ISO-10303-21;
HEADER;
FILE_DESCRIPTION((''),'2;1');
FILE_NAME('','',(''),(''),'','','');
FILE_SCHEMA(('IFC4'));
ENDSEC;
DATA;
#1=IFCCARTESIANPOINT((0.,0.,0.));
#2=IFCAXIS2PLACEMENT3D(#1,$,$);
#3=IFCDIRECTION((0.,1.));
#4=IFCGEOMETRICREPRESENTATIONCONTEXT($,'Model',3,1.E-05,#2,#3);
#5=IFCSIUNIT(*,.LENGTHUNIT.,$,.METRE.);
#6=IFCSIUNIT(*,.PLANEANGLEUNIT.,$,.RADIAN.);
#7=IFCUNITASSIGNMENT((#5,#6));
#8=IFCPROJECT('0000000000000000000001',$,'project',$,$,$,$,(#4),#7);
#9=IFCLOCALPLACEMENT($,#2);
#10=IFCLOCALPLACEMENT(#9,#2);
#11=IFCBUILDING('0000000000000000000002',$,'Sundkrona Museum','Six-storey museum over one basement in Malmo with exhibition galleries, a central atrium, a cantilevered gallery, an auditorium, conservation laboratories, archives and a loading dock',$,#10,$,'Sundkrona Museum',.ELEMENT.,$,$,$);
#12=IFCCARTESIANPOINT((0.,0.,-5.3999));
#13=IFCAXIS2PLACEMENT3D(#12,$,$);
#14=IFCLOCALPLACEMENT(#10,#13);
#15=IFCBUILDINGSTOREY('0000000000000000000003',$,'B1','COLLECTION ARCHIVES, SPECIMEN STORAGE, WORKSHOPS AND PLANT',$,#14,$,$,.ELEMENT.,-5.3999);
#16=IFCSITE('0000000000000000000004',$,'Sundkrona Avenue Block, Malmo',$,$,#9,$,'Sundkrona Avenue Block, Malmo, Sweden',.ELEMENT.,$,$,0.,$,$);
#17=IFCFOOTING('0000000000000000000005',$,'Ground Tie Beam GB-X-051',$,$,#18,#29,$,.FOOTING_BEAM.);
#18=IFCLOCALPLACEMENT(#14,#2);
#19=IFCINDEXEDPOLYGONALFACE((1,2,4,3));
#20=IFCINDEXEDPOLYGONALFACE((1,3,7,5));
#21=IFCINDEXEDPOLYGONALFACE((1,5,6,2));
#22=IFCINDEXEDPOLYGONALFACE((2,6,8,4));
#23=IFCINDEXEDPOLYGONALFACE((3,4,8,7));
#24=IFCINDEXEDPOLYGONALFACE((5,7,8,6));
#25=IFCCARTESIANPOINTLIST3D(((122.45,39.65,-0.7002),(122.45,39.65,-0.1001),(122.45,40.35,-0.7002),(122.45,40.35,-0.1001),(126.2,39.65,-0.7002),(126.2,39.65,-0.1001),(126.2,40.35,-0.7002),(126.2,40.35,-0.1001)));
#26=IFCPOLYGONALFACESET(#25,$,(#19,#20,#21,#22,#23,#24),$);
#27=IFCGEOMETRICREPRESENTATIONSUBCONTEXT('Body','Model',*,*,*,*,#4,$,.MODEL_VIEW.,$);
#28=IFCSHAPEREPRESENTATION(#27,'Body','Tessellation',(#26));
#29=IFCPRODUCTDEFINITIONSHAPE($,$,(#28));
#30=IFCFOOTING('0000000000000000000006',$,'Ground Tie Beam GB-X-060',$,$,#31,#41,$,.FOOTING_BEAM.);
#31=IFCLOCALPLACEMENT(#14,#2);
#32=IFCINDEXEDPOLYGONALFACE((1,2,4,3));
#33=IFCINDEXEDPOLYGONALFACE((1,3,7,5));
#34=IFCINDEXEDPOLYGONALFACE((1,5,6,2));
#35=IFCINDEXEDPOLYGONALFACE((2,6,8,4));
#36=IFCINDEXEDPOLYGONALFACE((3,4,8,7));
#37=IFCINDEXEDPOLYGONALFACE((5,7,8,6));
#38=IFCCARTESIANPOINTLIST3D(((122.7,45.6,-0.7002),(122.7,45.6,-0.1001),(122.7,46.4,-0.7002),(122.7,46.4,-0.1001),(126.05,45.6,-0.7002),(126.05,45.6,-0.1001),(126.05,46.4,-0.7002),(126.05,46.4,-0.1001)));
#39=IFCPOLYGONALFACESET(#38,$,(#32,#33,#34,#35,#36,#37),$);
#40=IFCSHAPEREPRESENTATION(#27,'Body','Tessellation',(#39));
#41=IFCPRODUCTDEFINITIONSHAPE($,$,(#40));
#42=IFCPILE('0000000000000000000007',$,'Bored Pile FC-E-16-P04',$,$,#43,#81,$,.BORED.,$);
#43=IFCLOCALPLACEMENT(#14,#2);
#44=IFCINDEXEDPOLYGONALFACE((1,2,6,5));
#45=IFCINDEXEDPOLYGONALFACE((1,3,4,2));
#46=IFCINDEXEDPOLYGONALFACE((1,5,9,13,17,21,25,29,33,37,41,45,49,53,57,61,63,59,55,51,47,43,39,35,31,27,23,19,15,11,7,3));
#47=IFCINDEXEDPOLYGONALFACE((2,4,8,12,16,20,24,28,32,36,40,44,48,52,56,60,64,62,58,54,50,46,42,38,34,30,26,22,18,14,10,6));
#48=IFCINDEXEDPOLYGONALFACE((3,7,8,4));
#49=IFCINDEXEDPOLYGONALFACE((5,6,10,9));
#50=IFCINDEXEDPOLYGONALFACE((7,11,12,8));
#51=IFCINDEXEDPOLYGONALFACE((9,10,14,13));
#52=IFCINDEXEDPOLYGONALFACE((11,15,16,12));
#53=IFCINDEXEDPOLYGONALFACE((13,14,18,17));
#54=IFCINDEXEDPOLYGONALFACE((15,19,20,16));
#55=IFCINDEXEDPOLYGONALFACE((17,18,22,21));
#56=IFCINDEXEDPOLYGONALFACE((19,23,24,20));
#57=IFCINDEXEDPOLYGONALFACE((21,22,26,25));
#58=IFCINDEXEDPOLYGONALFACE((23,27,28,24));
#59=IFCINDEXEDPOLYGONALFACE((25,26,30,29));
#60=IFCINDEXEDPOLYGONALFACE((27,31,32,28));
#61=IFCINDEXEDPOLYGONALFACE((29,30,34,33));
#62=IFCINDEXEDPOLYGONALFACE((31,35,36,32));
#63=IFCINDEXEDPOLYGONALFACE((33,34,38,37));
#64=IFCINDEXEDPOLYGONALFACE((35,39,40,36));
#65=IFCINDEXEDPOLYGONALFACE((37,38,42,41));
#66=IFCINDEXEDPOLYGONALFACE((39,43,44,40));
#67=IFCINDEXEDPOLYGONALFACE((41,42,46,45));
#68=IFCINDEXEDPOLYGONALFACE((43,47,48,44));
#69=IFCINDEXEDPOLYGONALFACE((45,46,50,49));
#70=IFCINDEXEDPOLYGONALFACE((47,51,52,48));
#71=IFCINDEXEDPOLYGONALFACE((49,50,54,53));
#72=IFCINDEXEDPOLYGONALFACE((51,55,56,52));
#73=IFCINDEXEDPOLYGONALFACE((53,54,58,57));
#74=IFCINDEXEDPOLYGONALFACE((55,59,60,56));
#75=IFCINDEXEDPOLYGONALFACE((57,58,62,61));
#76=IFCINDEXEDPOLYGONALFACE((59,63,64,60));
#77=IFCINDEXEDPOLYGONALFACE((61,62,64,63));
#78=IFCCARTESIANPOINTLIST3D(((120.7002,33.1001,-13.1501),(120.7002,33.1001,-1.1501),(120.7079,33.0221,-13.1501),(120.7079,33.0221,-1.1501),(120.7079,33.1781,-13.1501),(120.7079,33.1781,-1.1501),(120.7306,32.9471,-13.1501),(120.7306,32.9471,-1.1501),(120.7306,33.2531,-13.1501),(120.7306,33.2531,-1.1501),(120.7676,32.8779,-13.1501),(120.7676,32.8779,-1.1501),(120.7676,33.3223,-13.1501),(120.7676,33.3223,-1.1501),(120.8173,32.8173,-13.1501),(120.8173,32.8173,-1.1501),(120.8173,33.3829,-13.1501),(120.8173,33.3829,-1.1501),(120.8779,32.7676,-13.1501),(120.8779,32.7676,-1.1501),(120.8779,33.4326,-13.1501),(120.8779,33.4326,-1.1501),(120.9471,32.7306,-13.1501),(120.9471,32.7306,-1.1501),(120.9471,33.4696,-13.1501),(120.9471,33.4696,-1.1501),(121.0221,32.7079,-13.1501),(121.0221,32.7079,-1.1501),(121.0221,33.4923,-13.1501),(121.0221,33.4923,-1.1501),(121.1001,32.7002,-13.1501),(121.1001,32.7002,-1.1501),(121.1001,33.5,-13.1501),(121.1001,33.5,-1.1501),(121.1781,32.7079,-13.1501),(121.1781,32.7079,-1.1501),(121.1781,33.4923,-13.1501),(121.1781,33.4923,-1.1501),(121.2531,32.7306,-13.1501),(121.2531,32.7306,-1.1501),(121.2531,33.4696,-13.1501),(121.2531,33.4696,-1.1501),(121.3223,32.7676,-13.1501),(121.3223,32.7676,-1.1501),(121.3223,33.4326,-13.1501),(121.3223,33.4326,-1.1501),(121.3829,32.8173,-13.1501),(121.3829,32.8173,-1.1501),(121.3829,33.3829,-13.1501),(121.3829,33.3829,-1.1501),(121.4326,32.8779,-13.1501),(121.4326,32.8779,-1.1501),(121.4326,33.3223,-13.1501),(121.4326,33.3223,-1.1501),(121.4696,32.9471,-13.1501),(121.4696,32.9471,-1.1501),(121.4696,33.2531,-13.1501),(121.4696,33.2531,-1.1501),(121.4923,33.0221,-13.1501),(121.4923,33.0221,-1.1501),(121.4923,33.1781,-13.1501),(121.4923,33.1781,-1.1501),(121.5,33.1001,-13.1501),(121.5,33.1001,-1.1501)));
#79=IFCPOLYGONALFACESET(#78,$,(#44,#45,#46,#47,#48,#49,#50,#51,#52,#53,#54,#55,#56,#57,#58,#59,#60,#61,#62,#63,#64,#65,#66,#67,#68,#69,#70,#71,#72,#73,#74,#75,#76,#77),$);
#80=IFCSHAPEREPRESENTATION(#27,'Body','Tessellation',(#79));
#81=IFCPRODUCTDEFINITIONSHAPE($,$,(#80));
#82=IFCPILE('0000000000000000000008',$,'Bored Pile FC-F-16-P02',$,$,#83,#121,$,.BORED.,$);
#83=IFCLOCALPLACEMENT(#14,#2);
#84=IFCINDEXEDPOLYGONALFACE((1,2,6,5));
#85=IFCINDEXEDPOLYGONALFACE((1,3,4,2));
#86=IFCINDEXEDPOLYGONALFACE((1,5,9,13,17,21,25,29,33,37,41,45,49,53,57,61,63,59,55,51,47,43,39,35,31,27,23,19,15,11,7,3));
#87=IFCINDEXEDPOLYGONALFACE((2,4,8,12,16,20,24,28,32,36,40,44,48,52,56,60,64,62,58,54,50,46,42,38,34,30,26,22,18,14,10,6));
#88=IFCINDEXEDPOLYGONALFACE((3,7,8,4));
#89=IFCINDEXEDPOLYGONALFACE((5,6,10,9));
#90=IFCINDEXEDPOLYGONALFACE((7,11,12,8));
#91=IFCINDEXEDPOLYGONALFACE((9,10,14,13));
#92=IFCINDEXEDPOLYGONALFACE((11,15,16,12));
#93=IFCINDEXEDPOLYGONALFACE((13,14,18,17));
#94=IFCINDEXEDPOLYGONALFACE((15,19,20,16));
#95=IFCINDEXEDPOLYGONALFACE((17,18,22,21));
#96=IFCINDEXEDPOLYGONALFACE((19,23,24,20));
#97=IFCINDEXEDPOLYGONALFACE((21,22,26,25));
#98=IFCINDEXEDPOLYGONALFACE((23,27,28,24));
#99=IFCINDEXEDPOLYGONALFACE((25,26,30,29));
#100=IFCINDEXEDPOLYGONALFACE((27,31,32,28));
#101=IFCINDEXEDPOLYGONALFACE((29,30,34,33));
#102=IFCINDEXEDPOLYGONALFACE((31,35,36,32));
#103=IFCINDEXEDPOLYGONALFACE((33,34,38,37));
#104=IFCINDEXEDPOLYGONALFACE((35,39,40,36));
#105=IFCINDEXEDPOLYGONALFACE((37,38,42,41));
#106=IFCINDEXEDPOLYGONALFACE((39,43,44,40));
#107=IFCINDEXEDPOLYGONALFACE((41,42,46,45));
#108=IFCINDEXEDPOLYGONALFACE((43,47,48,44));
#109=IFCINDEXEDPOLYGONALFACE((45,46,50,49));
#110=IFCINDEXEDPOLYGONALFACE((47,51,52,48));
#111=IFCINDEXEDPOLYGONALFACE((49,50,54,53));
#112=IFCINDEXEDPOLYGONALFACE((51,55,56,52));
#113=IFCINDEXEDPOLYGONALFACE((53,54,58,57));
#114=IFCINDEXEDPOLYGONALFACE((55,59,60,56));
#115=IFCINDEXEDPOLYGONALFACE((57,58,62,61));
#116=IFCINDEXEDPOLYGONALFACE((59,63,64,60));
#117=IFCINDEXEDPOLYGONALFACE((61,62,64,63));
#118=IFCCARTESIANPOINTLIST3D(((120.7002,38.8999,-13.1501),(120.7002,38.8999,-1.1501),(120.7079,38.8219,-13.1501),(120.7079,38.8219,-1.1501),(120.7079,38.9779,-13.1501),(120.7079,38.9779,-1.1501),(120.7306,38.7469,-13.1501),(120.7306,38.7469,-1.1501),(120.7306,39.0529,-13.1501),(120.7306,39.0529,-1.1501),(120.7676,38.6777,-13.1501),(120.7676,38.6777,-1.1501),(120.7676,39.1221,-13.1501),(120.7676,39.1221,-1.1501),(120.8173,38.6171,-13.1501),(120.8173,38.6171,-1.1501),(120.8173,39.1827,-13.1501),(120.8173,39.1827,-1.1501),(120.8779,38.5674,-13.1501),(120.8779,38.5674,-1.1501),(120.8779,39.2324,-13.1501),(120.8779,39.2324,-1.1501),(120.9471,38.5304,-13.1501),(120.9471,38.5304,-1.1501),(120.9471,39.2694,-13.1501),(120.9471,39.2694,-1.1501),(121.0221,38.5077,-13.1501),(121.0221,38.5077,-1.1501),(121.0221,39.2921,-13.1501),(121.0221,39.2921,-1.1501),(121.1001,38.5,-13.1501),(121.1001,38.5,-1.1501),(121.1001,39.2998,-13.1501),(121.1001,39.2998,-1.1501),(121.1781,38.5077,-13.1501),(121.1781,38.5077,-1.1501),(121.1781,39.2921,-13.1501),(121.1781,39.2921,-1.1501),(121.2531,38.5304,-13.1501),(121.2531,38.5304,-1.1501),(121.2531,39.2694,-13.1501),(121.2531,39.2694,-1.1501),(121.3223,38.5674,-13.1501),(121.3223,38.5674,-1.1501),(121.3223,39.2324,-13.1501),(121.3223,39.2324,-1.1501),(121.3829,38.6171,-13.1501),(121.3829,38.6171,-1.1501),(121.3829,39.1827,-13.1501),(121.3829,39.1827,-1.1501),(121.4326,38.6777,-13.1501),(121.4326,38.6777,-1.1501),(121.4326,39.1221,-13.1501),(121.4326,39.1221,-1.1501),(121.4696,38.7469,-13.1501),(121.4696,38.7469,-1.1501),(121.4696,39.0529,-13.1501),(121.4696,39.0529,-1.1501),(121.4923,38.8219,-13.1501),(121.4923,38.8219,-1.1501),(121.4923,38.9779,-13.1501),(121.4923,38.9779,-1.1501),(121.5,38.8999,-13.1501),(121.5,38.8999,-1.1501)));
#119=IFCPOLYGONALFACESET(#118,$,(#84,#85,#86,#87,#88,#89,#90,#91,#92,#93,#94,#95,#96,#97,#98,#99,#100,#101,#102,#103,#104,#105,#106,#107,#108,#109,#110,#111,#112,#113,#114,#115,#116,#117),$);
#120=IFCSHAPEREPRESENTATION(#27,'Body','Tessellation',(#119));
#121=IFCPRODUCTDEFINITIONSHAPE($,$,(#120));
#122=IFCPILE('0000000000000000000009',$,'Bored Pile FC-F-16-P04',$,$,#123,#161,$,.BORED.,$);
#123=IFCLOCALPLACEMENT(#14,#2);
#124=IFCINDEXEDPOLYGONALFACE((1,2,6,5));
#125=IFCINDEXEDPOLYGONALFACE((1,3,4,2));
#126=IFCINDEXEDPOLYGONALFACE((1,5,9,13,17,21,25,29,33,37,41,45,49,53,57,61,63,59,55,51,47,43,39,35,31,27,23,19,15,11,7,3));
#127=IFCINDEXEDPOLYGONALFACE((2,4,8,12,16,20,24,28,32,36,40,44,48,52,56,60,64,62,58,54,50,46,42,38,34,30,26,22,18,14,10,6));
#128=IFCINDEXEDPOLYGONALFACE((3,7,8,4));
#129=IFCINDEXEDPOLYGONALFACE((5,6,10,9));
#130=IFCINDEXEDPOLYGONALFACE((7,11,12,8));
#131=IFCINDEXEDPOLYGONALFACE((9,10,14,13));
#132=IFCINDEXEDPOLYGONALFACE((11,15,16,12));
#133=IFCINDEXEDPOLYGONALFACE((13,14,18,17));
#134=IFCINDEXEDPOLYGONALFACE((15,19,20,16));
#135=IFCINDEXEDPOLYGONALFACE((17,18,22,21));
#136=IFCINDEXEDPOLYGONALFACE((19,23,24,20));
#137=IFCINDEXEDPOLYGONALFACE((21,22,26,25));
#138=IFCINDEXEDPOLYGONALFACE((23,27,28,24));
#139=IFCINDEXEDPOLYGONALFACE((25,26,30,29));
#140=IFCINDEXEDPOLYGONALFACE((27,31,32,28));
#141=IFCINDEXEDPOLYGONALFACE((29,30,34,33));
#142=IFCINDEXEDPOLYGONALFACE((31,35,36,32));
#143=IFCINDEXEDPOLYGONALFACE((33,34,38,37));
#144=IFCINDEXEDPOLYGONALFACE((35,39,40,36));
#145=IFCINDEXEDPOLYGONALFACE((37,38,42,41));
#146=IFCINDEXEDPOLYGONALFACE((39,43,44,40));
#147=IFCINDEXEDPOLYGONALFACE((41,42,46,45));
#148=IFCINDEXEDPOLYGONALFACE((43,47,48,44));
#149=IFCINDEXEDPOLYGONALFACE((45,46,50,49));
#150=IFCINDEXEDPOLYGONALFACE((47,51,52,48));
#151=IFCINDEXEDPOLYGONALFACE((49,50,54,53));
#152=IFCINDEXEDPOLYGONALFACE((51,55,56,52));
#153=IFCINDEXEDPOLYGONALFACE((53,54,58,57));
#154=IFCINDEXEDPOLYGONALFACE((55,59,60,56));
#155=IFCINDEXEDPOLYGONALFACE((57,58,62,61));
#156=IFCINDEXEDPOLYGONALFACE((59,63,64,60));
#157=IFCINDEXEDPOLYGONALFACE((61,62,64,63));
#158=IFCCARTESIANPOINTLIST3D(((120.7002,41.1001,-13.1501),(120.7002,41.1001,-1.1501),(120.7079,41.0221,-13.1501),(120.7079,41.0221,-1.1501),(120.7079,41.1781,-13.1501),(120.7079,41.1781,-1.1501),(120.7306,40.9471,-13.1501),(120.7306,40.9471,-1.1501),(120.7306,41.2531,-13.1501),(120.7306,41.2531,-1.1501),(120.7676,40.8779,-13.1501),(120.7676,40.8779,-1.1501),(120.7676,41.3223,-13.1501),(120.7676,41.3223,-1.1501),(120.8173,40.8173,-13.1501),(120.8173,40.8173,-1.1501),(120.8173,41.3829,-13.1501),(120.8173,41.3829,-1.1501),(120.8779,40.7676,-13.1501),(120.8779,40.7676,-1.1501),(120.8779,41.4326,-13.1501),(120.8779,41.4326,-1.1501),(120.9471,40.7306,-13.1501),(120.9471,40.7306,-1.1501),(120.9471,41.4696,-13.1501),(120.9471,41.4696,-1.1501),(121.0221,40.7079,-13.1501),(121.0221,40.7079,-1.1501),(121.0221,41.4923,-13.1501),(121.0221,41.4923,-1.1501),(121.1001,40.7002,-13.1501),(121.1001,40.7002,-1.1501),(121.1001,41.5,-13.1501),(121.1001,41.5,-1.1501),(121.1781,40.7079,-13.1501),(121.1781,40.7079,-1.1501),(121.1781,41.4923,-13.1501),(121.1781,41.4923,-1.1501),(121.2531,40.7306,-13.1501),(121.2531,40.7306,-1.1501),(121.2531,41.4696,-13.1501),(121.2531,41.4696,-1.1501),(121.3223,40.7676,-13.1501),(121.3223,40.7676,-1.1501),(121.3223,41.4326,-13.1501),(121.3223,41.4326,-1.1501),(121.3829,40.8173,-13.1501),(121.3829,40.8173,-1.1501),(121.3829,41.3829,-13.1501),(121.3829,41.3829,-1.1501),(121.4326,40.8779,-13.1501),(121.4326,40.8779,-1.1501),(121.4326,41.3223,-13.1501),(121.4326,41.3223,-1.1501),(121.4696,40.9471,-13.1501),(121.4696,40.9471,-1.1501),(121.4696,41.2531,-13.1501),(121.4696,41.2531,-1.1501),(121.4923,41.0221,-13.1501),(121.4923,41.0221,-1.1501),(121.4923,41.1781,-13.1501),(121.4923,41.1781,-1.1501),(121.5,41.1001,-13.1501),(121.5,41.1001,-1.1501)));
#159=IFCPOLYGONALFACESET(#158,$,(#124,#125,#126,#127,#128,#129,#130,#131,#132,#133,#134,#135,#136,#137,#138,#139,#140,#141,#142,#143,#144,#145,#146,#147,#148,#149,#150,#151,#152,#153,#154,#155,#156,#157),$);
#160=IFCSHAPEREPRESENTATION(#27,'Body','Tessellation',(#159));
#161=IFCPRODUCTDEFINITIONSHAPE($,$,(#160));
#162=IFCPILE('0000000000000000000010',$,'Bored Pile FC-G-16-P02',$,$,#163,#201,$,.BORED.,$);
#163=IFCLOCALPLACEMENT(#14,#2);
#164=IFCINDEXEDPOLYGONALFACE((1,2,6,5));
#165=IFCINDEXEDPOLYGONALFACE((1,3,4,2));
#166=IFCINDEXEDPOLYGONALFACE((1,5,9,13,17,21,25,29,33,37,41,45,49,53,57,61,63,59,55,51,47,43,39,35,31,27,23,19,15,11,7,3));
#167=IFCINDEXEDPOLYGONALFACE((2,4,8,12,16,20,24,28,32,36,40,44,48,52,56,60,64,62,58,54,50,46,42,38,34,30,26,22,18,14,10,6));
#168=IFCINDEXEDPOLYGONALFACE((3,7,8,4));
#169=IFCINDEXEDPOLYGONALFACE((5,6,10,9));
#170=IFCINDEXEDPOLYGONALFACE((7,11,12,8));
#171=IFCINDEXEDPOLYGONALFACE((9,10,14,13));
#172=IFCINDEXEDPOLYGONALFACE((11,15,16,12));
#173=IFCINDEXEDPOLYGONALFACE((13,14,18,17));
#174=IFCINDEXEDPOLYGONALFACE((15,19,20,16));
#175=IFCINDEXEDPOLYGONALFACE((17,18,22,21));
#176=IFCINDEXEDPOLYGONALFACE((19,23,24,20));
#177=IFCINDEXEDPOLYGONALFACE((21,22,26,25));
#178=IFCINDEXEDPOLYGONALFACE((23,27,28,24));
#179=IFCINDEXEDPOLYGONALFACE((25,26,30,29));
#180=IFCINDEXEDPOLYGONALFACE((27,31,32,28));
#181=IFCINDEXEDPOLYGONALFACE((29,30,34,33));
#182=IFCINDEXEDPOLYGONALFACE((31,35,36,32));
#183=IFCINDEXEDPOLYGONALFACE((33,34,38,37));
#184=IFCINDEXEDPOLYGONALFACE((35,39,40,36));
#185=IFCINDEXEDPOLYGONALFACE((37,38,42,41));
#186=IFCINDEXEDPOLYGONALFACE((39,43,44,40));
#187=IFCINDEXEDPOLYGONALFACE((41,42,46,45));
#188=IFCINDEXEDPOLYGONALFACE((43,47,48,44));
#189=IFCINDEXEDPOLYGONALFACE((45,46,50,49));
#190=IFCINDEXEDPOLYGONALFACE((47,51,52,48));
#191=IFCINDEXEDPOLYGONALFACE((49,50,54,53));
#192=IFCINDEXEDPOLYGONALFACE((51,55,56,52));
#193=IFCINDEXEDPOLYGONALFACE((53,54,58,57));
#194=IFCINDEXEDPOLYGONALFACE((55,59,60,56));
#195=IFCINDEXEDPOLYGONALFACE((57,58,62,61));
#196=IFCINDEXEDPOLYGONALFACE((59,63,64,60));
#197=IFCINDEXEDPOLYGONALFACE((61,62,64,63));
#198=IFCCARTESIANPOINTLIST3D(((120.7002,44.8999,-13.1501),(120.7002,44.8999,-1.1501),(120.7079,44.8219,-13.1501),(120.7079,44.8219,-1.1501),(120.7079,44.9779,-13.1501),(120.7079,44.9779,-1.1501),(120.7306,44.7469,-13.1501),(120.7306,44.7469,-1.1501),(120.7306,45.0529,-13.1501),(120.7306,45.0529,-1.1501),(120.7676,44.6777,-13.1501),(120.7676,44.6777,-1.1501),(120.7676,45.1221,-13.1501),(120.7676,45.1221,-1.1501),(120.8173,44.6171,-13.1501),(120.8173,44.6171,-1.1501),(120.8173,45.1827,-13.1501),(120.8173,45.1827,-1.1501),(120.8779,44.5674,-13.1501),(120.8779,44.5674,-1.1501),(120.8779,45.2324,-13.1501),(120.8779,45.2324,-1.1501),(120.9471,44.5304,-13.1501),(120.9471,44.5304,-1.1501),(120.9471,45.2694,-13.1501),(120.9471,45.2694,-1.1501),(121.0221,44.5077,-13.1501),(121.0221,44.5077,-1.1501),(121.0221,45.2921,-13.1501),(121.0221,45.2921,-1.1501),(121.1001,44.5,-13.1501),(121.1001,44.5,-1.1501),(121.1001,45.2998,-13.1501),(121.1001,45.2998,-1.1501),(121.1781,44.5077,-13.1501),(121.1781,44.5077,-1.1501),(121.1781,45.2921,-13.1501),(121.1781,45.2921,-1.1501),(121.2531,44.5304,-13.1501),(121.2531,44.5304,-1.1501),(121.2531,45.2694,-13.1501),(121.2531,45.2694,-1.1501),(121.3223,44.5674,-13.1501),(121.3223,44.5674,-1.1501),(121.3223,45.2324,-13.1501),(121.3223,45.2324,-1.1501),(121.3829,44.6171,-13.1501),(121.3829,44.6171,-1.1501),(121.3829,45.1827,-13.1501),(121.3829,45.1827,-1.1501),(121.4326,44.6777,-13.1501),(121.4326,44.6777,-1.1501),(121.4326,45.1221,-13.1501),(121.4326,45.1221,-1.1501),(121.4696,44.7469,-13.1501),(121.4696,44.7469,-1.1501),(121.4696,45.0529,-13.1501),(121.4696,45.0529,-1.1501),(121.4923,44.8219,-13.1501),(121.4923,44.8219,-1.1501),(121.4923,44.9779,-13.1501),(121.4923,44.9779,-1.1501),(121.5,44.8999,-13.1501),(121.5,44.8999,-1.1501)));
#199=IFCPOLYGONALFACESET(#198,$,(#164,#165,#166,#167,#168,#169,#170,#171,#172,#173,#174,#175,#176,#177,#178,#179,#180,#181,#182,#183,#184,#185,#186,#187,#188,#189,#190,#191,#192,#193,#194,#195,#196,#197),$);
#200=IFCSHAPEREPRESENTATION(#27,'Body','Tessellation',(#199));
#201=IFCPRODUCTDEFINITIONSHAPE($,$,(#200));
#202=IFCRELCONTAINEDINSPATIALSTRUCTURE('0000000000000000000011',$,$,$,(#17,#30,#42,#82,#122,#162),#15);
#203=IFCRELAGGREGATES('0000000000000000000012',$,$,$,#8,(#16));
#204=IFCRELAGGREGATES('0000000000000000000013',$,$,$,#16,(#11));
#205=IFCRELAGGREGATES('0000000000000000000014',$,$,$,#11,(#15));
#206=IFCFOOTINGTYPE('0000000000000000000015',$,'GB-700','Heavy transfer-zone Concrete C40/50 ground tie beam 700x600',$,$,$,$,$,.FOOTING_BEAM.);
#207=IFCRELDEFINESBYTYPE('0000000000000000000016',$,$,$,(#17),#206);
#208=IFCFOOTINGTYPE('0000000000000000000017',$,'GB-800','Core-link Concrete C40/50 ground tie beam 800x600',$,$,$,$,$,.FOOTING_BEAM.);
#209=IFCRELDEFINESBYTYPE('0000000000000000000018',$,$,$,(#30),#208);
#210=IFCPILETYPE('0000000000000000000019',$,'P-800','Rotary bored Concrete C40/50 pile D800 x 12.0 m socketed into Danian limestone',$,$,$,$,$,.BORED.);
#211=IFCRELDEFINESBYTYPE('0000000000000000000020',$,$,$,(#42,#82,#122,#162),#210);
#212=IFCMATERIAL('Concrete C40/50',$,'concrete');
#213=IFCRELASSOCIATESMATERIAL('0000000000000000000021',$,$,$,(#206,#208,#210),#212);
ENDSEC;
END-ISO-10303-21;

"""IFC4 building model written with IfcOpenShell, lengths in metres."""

from ifc_helpers import new_model, si_unit, direction, frame, origin, origin_2d, place, context, subcontext, project, spatial, rectangle, circle, extrude, material, material_profile, profile_set, type_object, element, save


model = new_model("IFC4")

# Units and contexts
model_context = context("Model", 3, precision=1e-05, world=origin(), true_north=direction((0.0, 1.0)))
body_context = subcontext(model_context, "Body", "Model", "MODEL_VIEW")
ifc_project = project(units=[si_unit("LENGTHUNIT", "METRE"), si_unit("PLANEANGLEUNIT", "RADIAN")], contexts=[model_context])

# Site, building, storey
site_placement = place(None, origin())
site = spatial("IfcSite", under=ifc_project, at=site_placement, Name="Sundkrona Avenue Block, Malmo", LongName="Sundkrona Avenue Block, Malmo, Sweden", CompositionType="ELEMENT", RefElevation=0.0)
building_placement = place(site_placement, origin())
building = spatial("IfcBuilding", under=site, at=building_placement, Name="Sundkrona Museum", Description="Six-storey museum over one basement in Malmo with exhibition galleries, a central atrium, a cantilevered gallery, an auditorium, conservation laboratories, archives and a loading dock", LongName="Sundkrona Museum", CompositionType="ELEMENT")
storey_placement = place(building_placement, frame((0.0, 0.0, -5.3999)))
storey = spatial("IfcBuildingStorey", under=building, at=storey_placement, Name="B1", Description="COLLECTION ARCHIVES, SPECIMEN STORAGE, WORKSHOPS AND PLANT", CompositionType="ELEMENT", Elevation=-5.3999)

# Footings
ifc_material_1 = material(Name="Concrete C40/50", Category="concrete")
footing_type_1 = type_object("IfcFootingType", Name="GB-700", Description="Heavy transfer-zone Concrete C40/50 ground tie beam 700x600", PredefinedType="FOOTING_BEAM", material=ifc_material_1)
footing_1_placement = place(storey_placement, frame((124.325, 40.0, -0.7002), z_axis=(0.0, 0.0, 1.0), x_axis=(1.0, 0.0, 0.0)))
element("IfcFooting", 1, at=footing_1_placement, inside=storey, type_object=footing_type_1, Name="Ground Tie Beam GB-X-051", PredefinedType="FOOTING_BEAM", context=body_context, shape_type="SweptSolid", body=[
    extrude(rectangle(XDim=3.75, YDim=0.7, at=origin_2d()), origin(), (0.0, 0.0, 1.0), 0.6001),
])
footing_type_2 = type_object("IfcFootingType", Name="GB-800", Description="Core-link Concrete C40/50 ground tie beam 800x600", PredefinedType="FOOTING_BEAM", material=ifc_material_1)
footing_2_placement = place(storey_placement, frame((124.375, 46.0, -0.7002), z_axis=(0.0, 0.0, 1.0), x_axis=(1.0, 0.0, 0.0)))
element("IfcFooting", 2, at=footing_2_placement, inside=storey, type_object=footing_type_2, Name="Ground Tie Beam GB-X-060", PredefinedType="FOOTING_BEAM", context=body_context, shape_type="SweptSolid", body=[
    extrude(rectangle(XDim=3.3501, YDim=0.8, at=origin_2d()), origin(), (0.0, 0.0, 1.0), 0.6001),
])

# Piles
ifc_material_profile_1 = material_profile(ifc_material_1, circle(Radius=0.3999, at=origin_2d()), Name="PILE D800")
ifc_profile_set_1 = profile_set([ifc_material_profile_1], Name="Concrete C40/50")
pile_type = type_object("IfcPileType", Name="P-800", Description="Rotary bored Concrete C40/50 pile D800 x 12.0 m socketed into Danian limestone", PredefinedType="BORED", material=ifc_profile_set_1)
for number, where, z_axis, x_axis, name in (
    (3, (121.1001, 33.1001, -1.1501), (0.0, 0.0, -1.0), (1.0, 0.0, 0.0), "Bored Pile FC-E-16-P04"),
    (4, (121.1001, 38.8999, -1.1501), (0.0, 0.0, -1.0), (1.0, 0.0, 0.0), "Bored Pile FC-F-16-P02"),
    (5, (121.1001, 41.1001, -1.1501), (0.0, 0.0, -1.0), (1.0, 0.0, 0.0), "Bored Pile FC-F-16-P04"),
    (6, (121.1001, 44.8999, -1.1501), (0.0, 0.0, -1.0), (1.0, 0.0, 0.0), "Bored Pile FC-G-16-P02"),
):
    element("IfcPile", number, at=place(storey_placement, frame(where, z_axis=z_axis, x_axis=x_axis)), inside=storey, type_object=pile_type, Name=name, PredefinedType="BORED", context=body_context, shape_type="SweptSolid", body=[
        extrude(circle(Radius=0.3999, at=origin_2d()), origin(), (0.0, 0.0, 1.0), 12.0),
    ])

save(model, "model.ifc")
